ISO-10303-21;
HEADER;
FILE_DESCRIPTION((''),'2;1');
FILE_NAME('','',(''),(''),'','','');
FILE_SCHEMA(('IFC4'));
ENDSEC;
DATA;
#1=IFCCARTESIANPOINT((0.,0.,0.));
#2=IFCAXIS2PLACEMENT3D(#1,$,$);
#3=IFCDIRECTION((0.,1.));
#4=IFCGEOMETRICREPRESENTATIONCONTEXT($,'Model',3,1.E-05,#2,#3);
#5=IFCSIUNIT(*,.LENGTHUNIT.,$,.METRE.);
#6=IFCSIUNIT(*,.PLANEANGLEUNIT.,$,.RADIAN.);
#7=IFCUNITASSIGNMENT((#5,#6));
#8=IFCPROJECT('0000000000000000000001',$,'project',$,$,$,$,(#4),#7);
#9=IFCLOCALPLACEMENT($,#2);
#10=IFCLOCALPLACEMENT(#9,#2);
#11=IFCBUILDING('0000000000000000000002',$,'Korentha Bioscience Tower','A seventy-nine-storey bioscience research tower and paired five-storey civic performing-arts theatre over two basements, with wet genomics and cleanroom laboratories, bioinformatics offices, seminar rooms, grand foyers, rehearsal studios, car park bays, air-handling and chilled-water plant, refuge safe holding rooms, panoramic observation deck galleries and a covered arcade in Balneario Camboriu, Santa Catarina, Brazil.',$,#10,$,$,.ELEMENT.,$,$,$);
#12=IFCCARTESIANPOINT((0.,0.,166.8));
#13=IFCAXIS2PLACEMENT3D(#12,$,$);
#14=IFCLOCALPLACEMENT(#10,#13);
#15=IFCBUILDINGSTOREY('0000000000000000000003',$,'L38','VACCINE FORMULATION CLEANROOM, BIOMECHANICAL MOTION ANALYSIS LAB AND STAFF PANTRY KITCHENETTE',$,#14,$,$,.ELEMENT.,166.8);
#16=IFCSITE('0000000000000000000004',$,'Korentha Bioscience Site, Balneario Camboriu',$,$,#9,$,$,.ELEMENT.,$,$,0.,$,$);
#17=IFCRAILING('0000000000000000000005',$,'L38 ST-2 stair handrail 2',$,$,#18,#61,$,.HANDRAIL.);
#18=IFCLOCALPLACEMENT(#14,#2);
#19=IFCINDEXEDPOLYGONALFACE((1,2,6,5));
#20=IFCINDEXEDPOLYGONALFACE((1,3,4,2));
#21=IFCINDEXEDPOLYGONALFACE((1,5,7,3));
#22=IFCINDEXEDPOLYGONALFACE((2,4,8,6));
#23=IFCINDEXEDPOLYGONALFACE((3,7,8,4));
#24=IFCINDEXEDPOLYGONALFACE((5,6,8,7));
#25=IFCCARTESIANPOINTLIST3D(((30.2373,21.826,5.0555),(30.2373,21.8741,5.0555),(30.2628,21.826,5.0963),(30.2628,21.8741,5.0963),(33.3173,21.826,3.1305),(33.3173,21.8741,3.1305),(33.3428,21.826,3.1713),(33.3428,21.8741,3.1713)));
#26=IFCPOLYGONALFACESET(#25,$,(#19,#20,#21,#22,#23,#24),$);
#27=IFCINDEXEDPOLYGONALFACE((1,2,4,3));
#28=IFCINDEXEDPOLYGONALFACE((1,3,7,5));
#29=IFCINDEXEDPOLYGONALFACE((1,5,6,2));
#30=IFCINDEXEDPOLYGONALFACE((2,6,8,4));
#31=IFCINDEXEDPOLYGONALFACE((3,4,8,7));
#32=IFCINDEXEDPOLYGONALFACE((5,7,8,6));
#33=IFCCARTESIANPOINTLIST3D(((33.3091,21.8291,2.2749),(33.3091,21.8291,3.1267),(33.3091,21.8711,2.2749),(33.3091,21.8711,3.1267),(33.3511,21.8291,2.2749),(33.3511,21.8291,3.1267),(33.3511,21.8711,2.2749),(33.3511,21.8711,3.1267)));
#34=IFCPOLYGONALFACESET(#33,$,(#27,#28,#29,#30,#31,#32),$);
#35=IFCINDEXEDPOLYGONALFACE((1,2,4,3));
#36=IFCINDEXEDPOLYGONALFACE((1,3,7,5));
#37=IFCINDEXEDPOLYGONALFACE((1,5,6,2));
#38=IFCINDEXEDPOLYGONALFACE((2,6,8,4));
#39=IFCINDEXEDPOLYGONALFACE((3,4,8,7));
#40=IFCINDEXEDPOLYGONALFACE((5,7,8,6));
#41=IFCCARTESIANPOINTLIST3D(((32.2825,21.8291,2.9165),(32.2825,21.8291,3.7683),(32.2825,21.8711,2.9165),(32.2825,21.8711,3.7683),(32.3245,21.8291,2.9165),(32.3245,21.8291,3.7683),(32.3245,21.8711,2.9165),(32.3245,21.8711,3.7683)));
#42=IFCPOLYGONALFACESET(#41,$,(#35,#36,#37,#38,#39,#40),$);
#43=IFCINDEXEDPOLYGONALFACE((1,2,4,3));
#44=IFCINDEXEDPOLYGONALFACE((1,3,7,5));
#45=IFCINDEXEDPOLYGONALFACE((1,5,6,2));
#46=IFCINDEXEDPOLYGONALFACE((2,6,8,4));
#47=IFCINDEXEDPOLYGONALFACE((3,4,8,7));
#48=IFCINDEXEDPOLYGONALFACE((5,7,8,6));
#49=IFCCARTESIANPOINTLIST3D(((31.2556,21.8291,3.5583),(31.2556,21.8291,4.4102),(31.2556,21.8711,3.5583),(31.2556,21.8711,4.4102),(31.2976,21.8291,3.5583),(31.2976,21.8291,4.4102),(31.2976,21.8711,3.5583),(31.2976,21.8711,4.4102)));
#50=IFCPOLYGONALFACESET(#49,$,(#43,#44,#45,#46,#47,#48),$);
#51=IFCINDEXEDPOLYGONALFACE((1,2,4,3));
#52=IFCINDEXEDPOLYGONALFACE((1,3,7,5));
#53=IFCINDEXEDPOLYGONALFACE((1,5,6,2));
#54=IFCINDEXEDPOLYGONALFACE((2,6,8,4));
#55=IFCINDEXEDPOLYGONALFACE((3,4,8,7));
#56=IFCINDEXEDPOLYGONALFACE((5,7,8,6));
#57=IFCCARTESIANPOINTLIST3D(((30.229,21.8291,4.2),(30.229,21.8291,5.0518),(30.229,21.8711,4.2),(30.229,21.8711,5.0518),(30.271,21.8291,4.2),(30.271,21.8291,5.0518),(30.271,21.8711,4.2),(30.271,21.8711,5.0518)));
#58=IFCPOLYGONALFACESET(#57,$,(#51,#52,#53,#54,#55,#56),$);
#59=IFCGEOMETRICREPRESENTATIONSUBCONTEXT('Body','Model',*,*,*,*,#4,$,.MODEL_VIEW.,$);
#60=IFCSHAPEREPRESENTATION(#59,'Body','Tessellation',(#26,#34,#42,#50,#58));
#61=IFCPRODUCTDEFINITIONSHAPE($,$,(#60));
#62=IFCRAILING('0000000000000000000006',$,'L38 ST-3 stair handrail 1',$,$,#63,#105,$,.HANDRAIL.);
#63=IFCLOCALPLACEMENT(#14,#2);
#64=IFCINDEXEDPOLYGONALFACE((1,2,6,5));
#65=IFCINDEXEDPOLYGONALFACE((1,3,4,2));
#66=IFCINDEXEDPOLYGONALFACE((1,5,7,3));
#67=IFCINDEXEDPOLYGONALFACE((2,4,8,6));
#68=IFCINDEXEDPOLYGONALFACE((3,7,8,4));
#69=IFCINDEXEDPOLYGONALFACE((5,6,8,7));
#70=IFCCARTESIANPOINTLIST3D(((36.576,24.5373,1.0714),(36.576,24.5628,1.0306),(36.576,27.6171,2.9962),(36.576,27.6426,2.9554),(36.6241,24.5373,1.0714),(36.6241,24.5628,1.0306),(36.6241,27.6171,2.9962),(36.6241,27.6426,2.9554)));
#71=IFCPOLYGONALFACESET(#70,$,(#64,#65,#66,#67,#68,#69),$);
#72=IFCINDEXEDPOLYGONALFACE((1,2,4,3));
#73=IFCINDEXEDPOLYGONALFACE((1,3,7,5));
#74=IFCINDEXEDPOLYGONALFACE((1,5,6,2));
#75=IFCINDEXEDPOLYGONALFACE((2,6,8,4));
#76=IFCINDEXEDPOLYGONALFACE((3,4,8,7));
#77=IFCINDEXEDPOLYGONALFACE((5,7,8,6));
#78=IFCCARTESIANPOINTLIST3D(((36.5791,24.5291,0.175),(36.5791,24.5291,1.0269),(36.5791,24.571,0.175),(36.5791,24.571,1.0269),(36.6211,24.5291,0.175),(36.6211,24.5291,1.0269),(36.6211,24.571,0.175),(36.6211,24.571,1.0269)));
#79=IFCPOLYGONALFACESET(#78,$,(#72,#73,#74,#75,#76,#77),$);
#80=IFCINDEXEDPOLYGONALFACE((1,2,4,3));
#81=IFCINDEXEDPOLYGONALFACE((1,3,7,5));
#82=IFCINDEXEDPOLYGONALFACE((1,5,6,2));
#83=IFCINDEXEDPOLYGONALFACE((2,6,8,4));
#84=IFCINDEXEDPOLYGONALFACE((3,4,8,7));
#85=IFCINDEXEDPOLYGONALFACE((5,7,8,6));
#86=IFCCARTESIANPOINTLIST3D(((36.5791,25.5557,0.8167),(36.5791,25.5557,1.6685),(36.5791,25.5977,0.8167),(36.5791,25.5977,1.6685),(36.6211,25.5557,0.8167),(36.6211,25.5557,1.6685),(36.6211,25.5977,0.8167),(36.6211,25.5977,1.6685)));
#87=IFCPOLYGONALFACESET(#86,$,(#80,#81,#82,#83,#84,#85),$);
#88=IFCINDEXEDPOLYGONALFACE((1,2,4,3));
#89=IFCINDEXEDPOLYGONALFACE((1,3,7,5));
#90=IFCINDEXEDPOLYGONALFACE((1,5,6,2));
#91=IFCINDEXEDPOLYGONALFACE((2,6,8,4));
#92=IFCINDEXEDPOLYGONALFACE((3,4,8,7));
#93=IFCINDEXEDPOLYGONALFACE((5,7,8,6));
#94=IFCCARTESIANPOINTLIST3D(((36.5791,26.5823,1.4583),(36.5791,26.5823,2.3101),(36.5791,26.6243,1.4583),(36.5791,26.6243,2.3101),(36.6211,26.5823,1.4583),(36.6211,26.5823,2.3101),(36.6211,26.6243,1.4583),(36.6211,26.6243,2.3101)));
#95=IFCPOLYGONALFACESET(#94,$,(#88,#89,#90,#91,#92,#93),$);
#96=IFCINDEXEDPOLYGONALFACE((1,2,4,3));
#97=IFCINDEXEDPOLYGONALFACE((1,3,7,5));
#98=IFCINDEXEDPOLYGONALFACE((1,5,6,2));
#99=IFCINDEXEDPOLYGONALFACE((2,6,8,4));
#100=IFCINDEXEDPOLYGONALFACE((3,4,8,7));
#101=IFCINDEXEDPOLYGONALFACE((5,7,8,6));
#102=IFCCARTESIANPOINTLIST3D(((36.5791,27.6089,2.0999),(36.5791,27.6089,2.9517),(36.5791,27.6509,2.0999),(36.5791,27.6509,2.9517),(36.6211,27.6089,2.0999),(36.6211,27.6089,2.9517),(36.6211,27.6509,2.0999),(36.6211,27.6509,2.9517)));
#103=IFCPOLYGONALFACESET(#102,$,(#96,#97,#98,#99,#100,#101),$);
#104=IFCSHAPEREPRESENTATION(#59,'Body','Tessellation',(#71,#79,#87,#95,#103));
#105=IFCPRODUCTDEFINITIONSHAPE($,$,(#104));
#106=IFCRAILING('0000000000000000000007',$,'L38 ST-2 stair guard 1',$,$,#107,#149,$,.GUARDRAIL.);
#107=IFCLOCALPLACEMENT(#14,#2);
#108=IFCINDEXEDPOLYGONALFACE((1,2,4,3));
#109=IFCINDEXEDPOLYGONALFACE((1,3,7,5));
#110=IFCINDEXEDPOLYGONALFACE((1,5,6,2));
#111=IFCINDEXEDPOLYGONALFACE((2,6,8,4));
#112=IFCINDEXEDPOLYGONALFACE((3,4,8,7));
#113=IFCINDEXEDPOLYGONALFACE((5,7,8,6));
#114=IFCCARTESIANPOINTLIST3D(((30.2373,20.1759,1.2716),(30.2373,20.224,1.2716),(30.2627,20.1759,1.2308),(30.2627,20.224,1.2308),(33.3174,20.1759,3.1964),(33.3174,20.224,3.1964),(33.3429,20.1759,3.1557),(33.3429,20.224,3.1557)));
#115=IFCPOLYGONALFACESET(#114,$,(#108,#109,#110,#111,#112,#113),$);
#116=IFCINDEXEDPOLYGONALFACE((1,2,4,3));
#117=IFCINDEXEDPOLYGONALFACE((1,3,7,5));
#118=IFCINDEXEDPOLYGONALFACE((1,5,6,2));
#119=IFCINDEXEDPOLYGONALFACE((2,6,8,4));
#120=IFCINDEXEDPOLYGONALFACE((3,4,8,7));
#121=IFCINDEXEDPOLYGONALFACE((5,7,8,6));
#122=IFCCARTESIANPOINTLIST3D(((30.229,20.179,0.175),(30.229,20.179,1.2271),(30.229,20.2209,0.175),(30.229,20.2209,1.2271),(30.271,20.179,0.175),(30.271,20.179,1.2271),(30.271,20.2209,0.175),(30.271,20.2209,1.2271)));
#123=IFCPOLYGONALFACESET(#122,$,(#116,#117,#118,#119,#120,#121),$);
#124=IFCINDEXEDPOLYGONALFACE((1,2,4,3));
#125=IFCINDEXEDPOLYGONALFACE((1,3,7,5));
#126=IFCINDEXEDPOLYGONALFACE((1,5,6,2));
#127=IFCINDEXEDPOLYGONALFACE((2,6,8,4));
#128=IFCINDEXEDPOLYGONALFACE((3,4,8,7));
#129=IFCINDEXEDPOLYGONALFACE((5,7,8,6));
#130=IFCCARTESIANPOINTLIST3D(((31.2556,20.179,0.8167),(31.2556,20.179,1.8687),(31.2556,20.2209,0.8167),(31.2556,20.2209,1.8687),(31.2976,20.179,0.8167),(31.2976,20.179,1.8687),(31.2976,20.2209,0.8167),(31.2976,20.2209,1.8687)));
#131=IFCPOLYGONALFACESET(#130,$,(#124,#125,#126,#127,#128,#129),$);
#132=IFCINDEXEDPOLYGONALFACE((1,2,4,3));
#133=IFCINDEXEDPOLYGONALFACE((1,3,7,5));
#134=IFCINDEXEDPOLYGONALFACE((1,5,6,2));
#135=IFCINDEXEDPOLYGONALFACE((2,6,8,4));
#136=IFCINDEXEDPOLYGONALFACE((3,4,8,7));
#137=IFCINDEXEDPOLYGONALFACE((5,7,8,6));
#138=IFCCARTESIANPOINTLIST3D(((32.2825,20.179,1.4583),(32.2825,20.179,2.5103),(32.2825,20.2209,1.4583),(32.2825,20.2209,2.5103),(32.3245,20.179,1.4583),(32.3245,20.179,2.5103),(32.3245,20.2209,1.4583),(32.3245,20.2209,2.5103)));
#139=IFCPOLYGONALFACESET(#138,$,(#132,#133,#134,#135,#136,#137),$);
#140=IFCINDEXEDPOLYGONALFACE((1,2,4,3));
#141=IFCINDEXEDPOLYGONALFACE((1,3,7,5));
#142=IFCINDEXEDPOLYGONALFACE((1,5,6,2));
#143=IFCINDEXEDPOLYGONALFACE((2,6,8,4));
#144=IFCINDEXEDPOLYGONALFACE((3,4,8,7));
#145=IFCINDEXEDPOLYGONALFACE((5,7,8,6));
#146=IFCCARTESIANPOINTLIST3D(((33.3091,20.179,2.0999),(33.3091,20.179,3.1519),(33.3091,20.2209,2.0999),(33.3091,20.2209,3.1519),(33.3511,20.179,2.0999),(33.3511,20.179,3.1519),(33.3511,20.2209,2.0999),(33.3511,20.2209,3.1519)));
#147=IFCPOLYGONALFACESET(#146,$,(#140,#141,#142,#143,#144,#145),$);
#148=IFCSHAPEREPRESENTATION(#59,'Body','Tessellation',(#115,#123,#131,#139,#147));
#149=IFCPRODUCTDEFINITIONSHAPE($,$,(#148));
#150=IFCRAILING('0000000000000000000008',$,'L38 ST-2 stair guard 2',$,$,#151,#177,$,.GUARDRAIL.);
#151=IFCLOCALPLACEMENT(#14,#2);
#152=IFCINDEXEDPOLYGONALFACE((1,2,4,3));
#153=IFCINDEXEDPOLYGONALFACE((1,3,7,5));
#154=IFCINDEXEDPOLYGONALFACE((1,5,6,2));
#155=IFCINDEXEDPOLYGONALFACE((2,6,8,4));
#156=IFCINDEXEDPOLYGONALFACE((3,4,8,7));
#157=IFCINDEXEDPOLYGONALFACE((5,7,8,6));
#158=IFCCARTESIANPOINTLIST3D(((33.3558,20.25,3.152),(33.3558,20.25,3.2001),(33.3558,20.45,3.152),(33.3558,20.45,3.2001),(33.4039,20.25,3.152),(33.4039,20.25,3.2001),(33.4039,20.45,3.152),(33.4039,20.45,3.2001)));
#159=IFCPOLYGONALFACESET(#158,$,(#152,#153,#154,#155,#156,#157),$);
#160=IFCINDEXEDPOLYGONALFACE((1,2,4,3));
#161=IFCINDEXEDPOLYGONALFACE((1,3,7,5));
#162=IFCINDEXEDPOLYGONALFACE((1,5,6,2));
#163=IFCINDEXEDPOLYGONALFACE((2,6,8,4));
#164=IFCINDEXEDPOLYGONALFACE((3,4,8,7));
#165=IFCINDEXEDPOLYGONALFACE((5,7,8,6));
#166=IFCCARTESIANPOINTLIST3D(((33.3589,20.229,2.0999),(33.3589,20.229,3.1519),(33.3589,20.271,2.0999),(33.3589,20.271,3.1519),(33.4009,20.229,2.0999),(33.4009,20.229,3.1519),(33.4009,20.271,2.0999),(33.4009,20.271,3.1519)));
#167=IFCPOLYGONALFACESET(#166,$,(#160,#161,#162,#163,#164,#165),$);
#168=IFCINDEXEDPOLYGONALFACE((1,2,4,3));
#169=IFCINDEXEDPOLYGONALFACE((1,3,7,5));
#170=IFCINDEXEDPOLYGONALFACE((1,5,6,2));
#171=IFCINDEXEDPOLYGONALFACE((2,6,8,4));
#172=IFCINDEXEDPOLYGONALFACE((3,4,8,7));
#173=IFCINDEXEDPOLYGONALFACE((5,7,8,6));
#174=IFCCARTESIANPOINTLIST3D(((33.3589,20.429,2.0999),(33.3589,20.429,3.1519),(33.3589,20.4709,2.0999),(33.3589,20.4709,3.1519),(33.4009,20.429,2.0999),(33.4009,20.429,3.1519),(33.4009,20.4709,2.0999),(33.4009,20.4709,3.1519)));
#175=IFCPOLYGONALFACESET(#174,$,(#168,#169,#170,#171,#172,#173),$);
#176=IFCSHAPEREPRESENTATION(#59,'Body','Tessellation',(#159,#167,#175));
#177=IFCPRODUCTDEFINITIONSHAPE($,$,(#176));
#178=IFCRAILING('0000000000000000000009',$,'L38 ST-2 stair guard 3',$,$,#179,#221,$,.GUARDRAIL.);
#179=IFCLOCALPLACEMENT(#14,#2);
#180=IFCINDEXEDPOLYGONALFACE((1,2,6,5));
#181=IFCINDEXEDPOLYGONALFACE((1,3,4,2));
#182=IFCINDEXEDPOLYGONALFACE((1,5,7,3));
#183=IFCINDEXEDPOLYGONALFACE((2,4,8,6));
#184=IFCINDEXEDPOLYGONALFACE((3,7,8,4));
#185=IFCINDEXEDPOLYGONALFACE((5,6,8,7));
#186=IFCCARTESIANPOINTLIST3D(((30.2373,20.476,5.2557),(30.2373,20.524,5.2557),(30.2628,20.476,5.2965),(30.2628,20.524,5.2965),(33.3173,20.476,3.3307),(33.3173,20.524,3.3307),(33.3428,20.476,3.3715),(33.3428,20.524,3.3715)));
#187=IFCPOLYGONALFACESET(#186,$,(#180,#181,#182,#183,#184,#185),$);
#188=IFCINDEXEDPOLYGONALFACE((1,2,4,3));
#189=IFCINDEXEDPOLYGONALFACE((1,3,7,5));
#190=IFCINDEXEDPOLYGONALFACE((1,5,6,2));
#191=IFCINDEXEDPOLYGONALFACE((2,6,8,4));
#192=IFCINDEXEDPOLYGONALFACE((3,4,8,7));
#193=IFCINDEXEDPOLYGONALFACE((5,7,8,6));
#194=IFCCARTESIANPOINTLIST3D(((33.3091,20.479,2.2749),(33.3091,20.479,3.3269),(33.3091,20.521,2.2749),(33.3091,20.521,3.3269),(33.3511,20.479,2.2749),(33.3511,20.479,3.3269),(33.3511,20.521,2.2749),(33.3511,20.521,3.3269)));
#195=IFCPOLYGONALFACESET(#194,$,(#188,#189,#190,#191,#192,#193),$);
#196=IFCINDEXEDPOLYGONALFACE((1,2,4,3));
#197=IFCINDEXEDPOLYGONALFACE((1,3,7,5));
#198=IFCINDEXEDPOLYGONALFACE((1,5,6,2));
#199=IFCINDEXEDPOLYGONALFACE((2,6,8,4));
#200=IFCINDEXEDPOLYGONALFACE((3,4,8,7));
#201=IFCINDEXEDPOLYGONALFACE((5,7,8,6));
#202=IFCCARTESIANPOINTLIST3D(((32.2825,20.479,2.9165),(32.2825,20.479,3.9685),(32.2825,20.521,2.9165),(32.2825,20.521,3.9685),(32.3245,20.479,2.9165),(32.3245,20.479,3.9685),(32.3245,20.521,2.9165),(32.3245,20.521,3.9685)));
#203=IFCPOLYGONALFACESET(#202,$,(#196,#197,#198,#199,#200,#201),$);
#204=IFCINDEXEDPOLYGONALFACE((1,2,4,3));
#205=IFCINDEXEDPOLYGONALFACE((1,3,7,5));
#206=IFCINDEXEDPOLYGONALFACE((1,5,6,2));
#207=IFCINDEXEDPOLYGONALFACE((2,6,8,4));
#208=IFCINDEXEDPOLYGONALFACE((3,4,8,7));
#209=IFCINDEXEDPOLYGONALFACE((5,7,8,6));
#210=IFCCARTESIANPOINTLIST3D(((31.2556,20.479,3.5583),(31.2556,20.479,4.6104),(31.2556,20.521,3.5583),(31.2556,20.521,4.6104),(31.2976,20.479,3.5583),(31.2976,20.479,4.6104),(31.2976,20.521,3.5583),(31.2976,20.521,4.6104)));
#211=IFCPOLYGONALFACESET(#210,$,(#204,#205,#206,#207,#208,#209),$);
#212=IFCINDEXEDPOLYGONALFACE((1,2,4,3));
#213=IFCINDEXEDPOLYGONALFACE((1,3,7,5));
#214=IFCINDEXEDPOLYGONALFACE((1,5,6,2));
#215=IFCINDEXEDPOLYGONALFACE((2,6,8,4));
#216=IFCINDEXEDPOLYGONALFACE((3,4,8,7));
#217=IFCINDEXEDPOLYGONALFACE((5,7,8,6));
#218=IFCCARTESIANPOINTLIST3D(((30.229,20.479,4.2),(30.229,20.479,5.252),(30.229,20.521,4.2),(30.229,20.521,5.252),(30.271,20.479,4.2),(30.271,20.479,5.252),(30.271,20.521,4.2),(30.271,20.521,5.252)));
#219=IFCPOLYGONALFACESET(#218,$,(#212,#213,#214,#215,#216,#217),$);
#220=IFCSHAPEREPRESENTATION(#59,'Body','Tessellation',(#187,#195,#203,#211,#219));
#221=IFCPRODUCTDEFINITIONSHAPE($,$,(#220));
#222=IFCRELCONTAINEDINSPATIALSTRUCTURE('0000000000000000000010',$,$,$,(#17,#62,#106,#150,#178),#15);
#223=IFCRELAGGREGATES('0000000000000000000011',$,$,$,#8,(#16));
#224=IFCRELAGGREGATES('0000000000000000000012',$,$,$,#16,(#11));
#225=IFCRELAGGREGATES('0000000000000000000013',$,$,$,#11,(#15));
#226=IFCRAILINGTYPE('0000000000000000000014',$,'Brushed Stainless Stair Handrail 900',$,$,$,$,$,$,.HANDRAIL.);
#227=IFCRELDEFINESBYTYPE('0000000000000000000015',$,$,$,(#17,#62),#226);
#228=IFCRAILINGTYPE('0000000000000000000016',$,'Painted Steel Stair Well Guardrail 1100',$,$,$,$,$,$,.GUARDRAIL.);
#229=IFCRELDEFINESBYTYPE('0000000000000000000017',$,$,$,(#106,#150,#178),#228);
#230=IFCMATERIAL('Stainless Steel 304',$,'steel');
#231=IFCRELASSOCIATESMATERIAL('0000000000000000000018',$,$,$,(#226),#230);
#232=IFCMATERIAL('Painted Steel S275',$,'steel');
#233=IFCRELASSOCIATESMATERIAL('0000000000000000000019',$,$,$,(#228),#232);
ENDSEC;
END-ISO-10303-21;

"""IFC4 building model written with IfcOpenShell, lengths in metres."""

from ifc_helpers import new_model, si_unit, direction, frame, origin, origin_2d, place, context, subcontext, project, spatial, rectangle, extrude, material, type_object, element, save


model = new_model("IFC4")

# Units and contexts
model_context = context("Model", 3, precision=1e-05, world=origin(), true_north=direction((0.0, 1.0)))
body_context = subcontext(model_context, "Body", "Model", "MODEL_VIEW")
ifc_project = project(units=[si_unit("LENGTHUNIT", "METRE"), si_unit("PLANEANGLEUNIT", "RADIAN")], contexts=[model_context])

# Site, building, storey
site_placement = place(None, origin())
site = spatial("IfcSite", under=ifc_project, at=site_placement, Name="Korentha Bioscience Site, Balneario Camboriu", CompositionType="ELEMENT", RefElevation=0.0)
building_placement = place(site_placement, origin())
building = spatial("IfcBuilding", under=site, at=building_placement, Name="Korentha Bioscience Tower", Description="A seventy-nine-storey bioscience research tower and paired five-storey civic performing-arts theatre over two basements, with wet genomics and cleanroom laboratories, bioinformatics offices, seminar rooms, grand foyers, rehearsal studios, car park bays, air-handling and chilled-water plant, refuge safe holding rooms, panoramic observation deck galleries and a covered arcade in Balneario Camboriu, Santa Catarina, Brazil.", CompositionType="ELEMENT")
storey_placement = place(building_placement, frame((0.0, 0.0, 166.8)))
storey = spatial("IfcBuildingStorey", under=building, at=storey_placement, Name="L38", Description="VACCINE FORMULATION CLEANROOM, BIOMECHANICAL MOTION ANALYSIS LAB AND STAFF PANTRY KITCHENETTE", CompositionType="ELEMENT", Elevation=166.8)

# Railings
ifc_material_1 = material(Name="Stainless Steel 304", Category="steel")
railing_type_1 = type_object("IfcRailingType", Name="Brushed Stainless Stair Handrail 900", PredefinedType="HANDRAIL", material=ifc_material_1)
railing_1_placement = place(storey_placement, frame((33.3301, 21.8501, 2.2749)))
element("IfcRailing", 1, at=railing_1_placement, inside=storey, type_object=railing_type_1, Name="L38 ST-2 stair handrail 2", PredefinedType="HANDRAIL", context=body_context, shape_type="SweptSolid", body=[
    extrude(rectangle(XDim=0.0481, YDim=0.0481, at=origin_2d()), frame((0.0, 0.0, 0.876), z_axis=(-0.847998, 0.0, 0.529999), x_axis=(0.0, -1.0, 0.0)), (0.0, 0.0, 1.0), 3.6321),
    extrude(rectangle(XDim=0.042, YDim=0.042, at=origin_2d()), origin(), (0.0, 0.0, 1.0), 0.8518),
    extrude(rectangle(XDim=0.042, YDim=0.042, at=origin_2d()), frame((-1.0266, 0.0, 0.6416)), (0.0, 0.0, 1.0), 0.8518),
    extrude(rectangle(XDim=0.042, YDim=0.042, at=origin_2d()), frame((-2.0535, 0.0, 1.2834)), (0.0, 0.0, 1.0), 0.8518),
    extrude(rectangle(XDim=0.042, YDim=0.042, at=origin_2d()), frame((-3.0801, 0.0, 1.925)), (0.0, 0.0, 1.0), 0.8518),
])
railing_2_placement = place(storey_placement, frame((36.6001, 24.55, 0.175)))
element("IfcRailing", 2, at=railing_2_placement, inside=storey, type_object=railing_type_1, Name="L38 ST-3 stair handrail 1", PredefinedType="HANDRAIL", context=body_context, shape_type="SweptSolid", body=[
    extrude(rectangle(XDim=0.0481, YDim=0.0481, at=origin_2d()), frame((0.0, 0.0, 0.876), z_axis=(0.0, 0.84801, 0.529981), x_axis=(-1.0, 0.0, 0.0)), (0.0, 0.0, 1.0), 3.6318),
    extrude(rectangle(XDim=0.042, YDim=0.042, at=origin_2d()), origin(), (0.0, 0.0, 1.0), 0.8518),
    extrude(rectangle(XDim=0.042, YDim=0.042, at=origin_2d()), frame((0.0, 1.0266, 0.6416)), (0.0, 0.0, 1.0), 0.8518),
    extrude(rectangle(XDim=0.042, YDim=0.042, at=origin_2d()), frame((0.0, 2.0532, 1.2832)), (0.0, 0.0, 1.0), 0.8518),
    extrude(rectangle(XDim=0.042, YDim=0.042, at=origin_2d()), frame((0.0, 3.0798, 1.9248)), (0.0, 0.0, 1.0), 0.8518),
])
ifc_material_2 = material(Name="Painted Steel S275", Category="steel")
railing_type_2 = type_object("IfcRailingType", Name="Painted Steel Stair Well Guardrail 1100", PredefinedType="GUARDRAIL", material=ifc_material_2)
railing_3_placement = place(storey_placement, frame((30.25, 20.2, 0.175)))
element("IfcRailing", 3, at=railing_3_placement, inside=storey, type_object=railing_type_2, Name="L38 ST-2 stair guard 1", PredefinedType="GUARDRAIL", context=body_context, shape_type="SweptSolid", body=[
    extrude(rectangle(XDim=0.0481, YDim=0.0481, at=origin_2d()), frame((0.0, 0.0, 1.0762), z_axis=(0.848029, 0.0, 0.529951), x_axis=(0.0, 1.0, 0.0)), (0.0, 0.0, 1.0), 3.6321),
    extrude(rectangle(XDim=0.042, YDim=0.042, at=origin_2d()), origin(), (0.0, 0.0, 1.0), 1.052),
    extrude(rectangle(XDim=0.042, YDim=0.042, at=origin_2d()), frame((1.0266, 0.0, 0.6416)), (0.0, 0.0, 1.0), 1.052),
    extrude(rectangle(XDim=0.042, YDim=0.042, at=origin_2d()), frame((2.0535, 0.0, 1.2832)), (0.0, 0.0, 1.0), 1.052),
    extrude(rectangle(XDim=0.042, YDim=0.042, at=origin_2d()), frame((3.0801, 0.0, 1.9248)), (0.0, 0.0, 1.0), 1.052),
])
railing_4_placement = place(storey_placement, frame((33.3799, 20.25, 2.0999)))
element("IfcRailing", 4, at=railing_4_placement, inside=storey, type_object=railing_type_2, Name="L38 ST-2 stair guard 2", PredefinedType="GUARDRAIL", context=body_context, shape_type="SweptSolid", body=[
    extrude(rectangle(XDim=0.0481, YDim=0.0481, at=origin_2d()), frame((0.0, 0.0, 1.0762), z_axis=(0.0, 1.0, 0.0), x_axis=(-1.0, 0.0, 0.0)), (0.0, 0.0, 1.0), 0.2),
    extrude(rectangle(XDim=0.042, YDim=0.042, at=origin_2d()), origin(), (0.0, 0.0, 1.0), 1.052),
    extrude(rectangle(XDim=0.042, YDim=0.042, at=origin_2d()), frame((0.0, 0.2, 0.0)), (0.0, 0.0, 1.0), 1.052),
])
railing_5_placement = place(storey_placement, frame((33.3301, 20.5, 2.2749)))
element("IfcRailing", 5, at=railing_5_placement, inside=storey, type_object=railing_type_2, Name="L38 ST-2 stair guard 3", PredefinedType="GUARDRAIL", context=body_context, shape_type="SweptSolid", body=[
    extrude(rectangle(XDim=0.0481, YDim=0.0481, at=origin_2d()), frame((0.0, 0.0, 1.0762), z_axis=(-0.847998, 0.0, 0.529999), x_axis=(0.0, -1.0, 0.0)), (0.0, 0.0, 1.0), 3.6321),
    extrude(rectangle(XDim=0.042, YDim=0.042, at=origin_2d()), origin(), (0.0, 0.0, 1.0), 1.052),
    extrude(rectangle(XDim=0.042, YDim=0.042, at=origin_2d()), frame((-1.0266, 0.0, 0.6416)), (0.0, 0.0, 1.0), 1.052),
    extrude(rectangle(XDim=0.042, YDim=0.042, at=origin_2d()), frame((-2.0535, 0.0, 1.2834)), (0.0, 0.0, 1.0), 1.052),
    extrude(rectangle(XDim=0.042, YDim=0.042, at=origin_2d()), frame((-3.0801, 0.0, 1.925)), (0.0, 0.0, 1.0), 1.052),
])

save(model, "model.ifc")
